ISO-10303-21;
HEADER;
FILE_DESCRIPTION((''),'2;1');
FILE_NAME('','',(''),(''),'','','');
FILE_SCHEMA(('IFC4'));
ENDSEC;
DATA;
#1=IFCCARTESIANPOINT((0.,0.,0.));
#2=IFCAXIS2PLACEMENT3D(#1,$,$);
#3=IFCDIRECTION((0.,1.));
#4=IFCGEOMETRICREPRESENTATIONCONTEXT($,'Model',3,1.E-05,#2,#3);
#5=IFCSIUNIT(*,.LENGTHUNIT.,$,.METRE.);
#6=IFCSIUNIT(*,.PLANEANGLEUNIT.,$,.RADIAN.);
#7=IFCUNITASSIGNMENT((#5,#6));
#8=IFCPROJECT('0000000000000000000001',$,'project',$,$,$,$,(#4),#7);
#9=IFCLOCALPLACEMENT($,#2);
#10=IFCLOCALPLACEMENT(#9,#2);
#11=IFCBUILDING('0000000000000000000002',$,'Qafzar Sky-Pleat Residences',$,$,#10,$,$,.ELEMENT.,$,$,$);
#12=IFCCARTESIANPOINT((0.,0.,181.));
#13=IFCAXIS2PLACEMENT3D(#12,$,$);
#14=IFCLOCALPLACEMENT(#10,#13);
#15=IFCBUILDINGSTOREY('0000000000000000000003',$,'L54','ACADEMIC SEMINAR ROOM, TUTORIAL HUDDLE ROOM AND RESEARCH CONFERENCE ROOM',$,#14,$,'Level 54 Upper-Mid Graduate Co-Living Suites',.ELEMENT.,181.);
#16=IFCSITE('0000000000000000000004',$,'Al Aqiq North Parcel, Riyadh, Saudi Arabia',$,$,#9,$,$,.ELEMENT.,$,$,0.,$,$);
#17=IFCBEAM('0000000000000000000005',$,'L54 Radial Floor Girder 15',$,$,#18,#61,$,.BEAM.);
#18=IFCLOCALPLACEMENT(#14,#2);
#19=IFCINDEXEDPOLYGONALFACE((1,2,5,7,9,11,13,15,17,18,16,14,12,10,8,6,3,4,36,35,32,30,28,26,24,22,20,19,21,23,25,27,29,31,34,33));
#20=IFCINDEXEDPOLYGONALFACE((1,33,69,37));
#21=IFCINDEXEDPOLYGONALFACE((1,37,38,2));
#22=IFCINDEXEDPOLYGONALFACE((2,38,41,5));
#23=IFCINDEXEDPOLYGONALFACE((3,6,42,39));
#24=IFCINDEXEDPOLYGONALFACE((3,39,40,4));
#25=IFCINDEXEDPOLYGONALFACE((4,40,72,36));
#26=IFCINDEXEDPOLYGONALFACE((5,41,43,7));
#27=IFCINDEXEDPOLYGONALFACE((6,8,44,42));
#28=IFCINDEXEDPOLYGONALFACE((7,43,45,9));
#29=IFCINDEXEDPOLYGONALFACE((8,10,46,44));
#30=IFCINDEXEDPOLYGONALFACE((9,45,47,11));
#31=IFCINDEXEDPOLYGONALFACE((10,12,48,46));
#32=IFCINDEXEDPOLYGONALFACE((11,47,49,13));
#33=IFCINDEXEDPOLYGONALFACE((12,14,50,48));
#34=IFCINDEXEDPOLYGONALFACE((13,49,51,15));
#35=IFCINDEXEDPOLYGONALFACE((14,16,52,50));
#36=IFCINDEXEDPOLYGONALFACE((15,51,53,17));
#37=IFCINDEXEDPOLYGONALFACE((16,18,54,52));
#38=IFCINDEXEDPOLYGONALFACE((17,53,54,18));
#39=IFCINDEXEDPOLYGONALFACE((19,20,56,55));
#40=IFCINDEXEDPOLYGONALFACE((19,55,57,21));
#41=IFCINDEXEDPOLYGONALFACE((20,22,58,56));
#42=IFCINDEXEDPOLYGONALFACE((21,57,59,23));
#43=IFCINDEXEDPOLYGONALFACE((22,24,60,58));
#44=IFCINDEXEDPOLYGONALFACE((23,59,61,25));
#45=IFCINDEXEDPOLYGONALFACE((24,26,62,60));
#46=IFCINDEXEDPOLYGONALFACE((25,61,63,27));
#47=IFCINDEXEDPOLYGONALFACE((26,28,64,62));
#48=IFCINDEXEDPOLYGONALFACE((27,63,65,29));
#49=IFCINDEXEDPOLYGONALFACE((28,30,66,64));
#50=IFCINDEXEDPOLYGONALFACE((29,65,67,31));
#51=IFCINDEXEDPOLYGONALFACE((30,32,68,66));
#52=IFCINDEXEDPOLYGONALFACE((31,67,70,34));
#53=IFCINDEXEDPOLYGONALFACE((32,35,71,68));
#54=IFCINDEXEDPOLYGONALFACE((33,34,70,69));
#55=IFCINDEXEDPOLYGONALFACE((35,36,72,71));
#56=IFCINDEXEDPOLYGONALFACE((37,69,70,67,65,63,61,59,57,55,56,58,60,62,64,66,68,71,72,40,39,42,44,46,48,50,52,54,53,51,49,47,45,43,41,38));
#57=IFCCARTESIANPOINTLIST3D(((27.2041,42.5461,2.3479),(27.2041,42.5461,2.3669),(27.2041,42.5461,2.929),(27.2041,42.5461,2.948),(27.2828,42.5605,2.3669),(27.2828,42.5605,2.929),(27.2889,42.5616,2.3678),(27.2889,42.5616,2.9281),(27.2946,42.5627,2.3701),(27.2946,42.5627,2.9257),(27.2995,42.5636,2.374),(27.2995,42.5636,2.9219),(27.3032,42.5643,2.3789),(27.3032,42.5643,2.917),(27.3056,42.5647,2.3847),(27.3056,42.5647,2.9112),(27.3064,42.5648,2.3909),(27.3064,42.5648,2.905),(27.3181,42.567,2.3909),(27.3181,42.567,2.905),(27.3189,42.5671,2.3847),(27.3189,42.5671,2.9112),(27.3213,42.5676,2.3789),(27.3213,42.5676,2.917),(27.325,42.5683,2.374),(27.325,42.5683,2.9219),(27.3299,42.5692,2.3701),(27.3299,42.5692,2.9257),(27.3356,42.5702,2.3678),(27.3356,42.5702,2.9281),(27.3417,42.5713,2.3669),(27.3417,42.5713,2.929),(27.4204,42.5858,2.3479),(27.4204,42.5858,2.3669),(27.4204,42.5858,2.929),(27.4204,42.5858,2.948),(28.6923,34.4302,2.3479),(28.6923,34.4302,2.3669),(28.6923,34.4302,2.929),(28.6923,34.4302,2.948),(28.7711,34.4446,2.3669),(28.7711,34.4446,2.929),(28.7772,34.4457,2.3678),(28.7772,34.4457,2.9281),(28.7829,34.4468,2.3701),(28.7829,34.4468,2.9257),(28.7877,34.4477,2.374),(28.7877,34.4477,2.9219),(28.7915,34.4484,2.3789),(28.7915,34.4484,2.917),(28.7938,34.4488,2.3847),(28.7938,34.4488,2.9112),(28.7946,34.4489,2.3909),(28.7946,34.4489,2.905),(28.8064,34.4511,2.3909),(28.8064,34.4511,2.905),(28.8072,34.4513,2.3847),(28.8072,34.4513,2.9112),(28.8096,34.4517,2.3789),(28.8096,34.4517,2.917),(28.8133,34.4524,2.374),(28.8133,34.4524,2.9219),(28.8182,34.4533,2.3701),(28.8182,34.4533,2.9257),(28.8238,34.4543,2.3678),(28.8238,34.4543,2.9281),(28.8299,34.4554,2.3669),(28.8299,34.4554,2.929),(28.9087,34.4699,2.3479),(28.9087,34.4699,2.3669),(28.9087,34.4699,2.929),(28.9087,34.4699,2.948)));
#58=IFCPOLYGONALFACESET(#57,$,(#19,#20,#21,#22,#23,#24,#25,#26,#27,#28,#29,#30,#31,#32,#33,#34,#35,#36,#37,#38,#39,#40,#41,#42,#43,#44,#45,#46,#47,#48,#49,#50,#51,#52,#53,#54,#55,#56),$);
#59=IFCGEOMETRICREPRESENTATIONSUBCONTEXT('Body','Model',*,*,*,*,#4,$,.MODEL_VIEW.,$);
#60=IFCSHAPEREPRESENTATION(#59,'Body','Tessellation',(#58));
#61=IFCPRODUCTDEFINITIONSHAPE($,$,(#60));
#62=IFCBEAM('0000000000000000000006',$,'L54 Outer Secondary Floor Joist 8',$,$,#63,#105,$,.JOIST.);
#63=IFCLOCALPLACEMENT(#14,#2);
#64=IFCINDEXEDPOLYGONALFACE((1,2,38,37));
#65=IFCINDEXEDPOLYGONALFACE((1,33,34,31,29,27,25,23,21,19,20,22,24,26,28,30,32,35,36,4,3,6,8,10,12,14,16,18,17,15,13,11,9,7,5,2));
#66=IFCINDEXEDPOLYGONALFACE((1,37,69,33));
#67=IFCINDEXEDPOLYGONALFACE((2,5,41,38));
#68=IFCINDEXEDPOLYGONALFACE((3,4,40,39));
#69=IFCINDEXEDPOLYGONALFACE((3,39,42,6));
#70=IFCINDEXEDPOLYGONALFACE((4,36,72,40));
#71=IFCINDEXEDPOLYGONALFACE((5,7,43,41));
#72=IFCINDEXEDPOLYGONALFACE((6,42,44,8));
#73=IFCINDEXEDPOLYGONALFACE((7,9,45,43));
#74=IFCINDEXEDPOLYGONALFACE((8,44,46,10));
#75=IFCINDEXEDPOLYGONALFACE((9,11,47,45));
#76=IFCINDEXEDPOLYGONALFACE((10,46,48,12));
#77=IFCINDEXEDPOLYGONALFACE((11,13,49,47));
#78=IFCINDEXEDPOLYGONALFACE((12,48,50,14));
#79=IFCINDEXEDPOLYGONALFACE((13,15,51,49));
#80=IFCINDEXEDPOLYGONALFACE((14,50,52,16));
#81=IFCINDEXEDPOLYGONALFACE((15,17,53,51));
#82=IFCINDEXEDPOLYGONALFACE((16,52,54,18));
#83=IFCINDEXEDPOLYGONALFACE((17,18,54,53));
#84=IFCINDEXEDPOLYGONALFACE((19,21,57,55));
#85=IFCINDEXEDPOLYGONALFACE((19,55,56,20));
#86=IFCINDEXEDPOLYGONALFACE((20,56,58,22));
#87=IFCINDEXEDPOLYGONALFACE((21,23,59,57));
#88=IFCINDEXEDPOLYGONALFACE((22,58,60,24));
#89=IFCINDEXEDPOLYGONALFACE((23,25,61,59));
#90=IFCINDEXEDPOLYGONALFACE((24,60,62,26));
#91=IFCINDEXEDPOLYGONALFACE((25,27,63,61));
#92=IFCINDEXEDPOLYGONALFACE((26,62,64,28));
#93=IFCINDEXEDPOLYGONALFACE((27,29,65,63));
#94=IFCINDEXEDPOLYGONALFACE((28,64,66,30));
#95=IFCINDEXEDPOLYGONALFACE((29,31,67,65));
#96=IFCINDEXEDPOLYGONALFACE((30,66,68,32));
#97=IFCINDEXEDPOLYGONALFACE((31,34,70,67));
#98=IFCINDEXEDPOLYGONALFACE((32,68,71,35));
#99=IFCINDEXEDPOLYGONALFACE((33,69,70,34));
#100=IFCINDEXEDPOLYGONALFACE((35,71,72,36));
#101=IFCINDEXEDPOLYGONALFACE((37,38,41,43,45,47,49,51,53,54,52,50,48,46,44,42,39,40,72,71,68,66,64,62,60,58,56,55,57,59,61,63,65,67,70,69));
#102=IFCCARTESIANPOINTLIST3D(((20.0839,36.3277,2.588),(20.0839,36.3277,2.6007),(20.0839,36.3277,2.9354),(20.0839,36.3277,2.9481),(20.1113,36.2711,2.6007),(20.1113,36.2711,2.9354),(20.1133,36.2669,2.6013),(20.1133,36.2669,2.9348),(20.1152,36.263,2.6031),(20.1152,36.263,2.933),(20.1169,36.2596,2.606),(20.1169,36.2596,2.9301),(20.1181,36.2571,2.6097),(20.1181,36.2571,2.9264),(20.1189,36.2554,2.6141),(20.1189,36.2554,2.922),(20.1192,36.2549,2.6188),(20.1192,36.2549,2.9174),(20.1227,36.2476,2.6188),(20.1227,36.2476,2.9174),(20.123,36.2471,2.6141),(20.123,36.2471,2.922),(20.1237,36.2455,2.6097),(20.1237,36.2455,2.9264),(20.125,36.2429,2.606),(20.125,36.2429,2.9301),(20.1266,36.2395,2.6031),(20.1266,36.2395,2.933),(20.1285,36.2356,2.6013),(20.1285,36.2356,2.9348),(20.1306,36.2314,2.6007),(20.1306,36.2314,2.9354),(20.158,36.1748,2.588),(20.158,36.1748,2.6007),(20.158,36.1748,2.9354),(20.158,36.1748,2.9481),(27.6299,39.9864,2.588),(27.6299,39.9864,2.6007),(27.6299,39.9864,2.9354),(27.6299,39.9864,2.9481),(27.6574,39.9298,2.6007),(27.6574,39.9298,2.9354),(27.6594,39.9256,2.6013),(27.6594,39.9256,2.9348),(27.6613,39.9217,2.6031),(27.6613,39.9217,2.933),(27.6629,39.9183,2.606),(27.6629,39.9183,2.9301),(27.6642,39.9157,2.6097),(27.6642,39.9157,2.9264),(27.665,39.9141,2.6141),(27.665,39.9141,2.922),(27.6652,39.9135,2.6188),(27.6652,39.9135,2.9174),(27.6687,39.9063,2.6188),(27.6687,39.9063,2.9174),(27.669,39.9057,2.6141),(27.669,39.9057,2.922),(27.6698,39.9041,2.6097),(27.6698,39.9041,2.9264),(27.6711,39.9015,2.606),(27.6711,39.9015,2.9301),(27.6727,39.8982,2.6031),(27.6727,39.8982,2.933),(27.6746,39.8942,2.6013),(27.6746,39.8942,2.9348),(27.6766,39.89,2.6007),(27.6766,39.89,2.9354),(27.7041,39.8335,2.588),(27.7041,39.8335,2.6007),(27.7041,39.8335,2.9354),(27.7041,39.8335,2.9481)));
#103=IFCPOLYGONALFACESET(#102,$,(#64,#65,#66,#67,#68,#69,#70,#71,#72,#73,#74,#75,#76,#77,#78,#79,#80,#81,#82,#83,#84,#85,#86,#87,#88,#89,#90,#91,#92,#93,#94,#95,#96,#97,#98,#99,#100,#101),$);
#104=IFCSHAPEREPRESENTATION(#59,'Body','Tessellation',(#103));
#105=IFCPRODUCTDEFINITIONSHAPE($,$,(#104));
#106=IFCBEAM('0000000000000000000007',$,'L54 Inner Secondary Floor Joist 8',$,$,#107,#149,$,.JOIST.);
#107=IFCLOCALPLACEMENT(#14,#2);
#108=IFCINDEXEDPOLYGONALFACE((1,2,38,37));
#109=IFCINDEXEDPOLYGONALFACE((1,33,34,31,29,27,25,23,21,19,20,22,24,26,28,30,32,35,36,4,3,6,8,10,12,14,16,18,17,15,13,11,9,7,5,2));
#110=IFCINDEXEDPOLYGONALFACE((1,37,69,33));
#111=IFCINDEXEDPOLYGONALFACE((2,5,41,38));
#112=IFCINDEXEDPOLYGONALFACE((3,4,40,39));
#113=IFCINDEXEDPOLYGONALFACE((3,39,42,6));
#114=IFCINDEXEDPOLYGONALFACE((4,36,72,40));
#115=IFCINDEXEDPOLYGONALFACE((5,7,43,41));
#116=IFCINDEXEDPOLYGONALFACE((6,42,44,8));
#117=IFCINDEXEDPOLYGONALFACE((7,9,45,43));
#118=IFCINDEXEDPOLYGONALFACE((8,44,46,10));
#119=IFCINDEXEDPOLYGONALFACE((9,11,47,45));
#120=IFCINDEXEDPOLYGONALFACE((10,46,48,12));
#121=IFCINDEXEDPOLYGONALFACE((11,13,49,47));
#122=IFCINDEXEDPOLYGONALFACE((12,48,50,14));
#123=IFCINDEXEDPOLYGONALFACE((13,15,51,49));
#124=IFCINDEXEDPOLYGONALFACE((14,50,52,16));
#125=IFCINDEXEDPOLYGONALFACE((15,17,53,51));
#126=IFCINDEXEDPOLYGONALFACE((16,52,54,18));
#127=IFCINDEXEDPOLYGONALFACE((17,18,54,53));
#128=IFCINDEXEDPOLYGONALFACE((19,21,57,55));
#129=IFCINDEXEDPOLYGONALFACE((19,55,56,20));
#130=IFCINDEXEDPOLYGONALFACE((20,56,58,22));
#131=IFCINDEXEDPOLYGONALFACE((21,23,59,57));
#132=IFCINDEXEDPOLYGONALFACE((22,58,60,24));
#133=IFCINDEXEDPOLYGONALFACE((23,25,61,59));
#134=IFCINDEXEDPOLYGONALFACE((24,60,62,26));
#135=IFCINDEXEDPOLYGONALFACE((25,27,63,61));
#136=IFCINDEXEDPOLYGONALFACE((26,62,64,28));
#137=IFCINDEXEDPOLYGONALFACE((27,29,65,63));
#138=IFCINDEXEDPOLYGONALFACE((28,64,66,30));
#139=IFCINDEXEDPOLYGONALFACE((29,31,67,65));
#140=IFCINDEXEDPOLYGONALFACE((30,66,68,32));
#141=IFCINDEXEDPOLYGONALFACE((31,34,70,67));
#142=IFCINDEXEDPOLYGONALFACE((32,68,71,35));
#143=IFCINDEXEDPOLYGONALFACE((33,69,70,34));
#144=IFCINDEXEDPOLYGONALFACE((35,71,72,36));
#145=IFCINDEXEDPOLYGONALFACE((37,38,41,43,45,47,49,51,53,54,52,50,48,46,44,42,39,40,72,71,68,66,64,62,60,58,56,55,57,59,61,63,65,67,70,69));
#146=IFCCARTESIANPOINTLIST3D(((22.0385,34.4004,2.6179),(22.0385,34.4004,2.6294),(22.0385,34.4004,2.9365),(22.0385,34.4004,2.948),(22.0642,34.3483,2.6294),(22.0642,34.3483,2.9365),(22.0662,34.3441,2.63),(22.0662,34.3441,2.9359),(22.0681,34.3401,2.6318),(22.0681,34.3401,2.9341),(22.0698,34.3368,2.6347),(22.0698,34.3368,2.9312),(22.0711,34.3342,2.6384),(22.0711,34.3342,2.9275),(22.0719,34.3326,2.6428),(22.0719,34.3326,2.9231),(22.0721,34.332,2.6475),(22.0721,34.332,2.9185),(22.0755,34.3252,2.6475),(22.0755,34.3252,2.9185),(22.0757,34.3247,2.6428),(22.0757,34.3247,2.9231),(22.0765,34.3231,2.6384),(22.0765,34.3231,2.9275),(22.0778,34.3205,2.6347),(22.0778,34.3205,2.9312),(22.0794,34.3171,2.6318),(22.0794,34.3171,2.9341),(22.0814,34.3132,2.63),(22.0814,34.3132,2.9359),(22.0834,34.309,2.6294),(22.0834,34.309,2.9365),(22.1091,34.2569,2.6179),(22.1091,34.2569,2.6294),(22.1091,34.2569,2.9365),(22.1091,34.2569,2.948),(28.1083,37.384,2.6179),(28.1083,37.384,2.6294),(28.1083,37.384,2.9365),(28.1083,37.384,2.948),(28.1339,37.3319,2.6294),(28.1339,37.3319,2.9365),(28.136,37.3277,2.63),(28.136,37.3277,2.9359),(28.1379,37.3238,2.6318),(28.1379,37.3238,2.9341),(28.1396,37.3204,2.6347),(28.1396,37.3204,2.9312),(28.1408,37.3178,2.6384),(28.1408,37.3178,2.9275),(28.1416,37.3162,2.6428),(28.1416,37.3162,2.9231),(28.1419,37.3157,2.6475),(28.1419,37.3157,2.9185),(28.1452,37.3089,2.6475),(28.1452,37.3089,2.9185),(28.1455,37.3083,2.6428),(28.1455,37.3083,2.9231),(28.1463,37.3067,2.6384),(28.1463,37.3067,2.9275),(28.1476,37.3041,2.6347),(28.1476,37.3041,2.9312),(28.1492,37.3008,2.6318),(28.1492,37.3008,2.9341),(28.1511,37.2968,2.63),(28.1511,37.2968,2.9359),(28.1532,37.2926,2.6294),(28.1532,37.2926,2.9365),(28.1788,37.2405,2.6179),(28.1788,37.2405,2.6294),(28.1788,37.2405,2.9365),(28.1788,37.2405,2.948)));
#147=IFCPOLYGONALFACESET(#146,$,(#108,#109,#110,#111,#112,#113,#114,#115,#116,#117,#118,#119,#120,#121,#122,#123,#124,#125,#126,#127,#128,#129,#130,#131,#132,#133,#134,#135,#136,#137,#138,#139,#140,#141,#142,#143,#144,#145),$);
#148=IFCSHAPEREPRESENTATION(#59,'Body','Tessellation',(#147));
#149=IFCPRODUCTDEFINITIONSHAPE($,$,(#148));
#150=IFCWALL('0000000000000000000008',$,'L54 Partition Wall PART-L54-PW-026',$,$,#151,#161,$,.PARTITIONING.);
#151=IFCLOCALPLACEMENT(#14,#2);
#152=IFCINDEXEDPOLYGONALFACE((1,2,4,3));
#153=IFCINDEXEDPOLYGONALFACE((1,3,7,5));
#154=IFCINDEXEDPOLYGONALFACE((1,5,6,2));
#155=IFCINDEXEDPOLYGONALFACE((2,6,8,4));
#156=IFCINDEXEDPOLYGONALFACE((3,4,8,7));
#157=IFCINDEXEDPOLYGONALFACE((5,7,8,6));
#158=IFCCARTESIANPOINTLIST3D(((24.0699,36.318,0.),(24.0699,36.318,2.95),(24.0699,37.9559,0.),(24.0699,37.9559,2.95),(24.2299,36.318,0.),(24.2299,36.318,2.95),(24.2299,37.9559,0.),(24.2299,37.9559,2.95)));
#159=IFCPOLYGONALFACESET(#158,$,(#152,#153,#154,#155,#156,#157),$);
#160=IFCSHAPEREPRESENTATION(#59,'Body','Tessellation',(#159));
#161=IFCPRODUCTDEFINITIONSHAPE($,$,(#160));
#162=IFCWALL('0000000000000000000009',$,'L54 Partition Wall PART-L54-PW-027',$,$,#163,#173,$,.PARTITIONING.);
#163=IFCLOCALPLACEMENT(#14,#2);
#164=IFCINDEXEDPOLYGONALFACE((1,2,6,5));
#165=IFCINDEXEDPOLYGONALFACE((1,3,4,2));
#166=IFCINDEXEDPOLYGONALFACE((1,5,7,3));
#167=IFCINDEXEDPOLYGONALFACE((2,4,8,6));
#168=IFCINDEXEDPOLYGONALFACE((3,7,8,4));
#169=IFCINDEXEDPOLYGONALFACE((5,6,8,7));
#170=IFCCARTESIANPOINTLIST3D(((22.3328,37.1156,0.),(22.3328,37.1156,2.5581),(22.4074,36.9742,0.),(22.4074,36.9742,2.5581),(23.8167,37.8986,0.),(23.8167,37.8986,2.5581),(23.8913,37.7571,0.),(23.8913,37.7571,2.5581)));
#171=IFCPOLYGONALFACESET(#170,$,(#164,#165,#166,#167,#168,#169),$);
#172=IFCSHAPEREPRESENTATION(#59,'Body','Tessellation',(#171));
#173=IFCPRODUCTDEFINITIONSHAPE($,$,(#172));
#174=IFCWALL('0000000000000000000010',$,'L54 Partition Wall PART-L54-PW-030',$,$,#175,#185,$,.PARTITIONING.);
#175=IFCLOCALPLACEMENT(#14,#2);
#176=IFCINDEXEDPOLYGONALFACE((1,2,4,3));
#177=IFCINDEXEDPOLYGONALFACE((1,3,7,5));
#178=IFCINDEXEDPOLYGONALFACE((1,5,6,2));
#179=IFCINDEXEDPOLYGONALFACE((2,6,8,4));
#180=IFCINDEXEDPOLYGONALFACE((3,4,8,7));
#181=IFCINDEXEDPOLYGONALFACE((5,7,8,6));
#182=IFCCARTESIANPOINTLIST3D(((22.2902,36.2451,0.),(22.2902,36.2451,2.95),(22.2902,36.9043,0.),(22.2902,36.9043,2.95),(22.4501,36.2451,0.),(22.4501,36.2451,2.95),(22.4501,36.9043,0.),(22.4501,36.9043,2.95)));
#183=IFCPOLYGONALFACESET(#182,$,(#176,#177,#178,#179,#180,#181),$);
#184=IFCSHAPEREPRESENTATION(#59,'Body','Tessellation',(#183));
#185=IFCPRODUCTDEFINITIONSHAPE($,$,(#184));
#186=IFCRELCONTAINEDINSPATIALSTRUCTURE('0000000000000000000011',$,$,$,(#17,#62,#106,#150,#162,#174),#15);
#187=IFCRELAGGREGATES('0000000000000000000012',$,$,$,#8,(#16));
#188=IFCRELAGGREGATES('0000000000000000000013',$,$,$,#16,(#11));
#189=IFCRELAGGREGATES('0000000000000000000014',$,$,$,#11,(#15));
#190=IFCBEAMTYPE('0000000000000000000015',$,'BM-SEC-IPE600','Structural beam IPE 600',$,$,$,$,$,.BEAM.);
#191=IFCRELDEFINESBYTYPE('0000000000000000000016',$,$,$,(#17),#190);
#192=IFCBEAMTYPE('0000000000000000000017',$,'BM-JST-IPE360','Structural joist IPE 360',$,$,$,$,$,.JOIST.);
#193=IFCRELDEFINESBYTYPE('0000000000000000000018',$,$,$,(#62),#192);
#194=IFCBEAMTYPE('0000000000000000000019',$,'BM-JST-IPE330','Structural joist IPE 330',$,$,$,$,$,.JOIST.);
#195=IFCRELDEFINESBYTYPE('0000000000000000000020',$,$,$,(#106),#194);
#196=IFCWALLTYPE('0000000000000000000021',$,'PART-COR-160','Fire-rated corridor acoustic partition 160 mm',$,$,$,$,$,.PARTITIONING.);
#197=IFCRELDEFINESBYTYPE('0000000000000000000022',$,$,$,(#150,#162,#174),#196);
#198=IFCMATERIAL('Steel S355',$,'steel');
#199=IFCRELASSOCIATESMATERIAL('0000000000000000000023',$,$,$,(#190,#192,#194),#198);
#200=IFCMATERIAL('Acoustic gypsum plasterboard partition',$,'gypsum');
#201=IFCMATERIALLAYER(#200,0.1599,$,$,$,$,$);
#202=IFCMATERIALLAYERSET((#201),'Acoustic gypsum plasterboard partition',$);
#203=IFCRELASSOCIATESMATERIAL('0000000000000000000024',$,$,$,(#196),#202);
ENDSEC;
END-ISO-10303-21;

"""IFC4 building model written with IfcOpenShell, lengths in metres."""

from ifc_helpers import new_model, si_unit, direction, frame, frame_2d, origin, origin_2d, place, context, subcontext, project, spatial, rectangle, i_section, extrude, source, transform, mapped, material, layer, layer_set, material_profile, profile_set, type_object, element, save


model = new_model("IFC4")

# Units and contexts
model_context = context("Model", 3, precision=1e-05, world=origin(), true_north=direction((0.0, 1.0)))
body_context = subcontext(model_context, "Body", "Model", "MODEL_VIEW")
ifc_project = project(units=[si_unit("LENGTHUNIT", "METRE"), si_unit("PLANEANGLEUNIT", "RADIAN")], contexts=[model_context])

# Site, building, storey
site_placement = place(None, origin())
site = spatial("IfcSite", under=ifc_project, at=site_placement, Name="Al Aqiq North Parcel, Riyadh, Saudi Arabia", CompositionType="ELEMENT", RefElevation=0.0)
building_placement = place(site_placement, origin())
building = spatial("IfcBuilding", under=site, at=building_placement, Name="Qafzar Sky-Pleat Residences", CompositionType="ELEMENT")
storey_placement = place(building_placement, frame((0.0, 0.0, 181.0)))
storey = spatial("IfcBuildingStorey", under=building, at=storey_placement, Name="L54", Description="ACADEMIC SEMINAR ROOM, TUTORIAL HUDDLE ROOM AND RESEARCH CONFERENCE ROOM", LongName="Level 54 Upper-Mid Graduate Co-Living Suites", CompositionType="ELEMENT", Elevation=181.0)

# Shared definitions
ifc_material_1 = material(Name="Steel S355", Category="steel")

# Beams
ifc_material_profile_1 = material_profile(ifc_material_1, i_section(OverallWidth=0.22, OverallDepth=0.6001, WebThickness=0.012, FlangeThickness=0.019, FilletRadius=0.0239, at=origin_2d()), Name="IPE 600")
ifc_profile_set_1 = profile_set([ifc_material_profile_1], Name="Steel S355")
beam_type_1 = type_object("IfcBeamType", Name="BM-SEC-IPE600", Description="Structural beam IPE 600", PredefinedType="BEAM", material=ifc_profile_set_1)
shared_shape_1 = source(origin(), body_context, "Body", "SweptSolid", [
    extrude(i_section(OverallWidth=0.22, OverallDepth=0.6001, WebThickness=0.012, FlangeThickness=0.019, FilletRadius=0.0239, at=origin_2d()), origin(), (0.0, 0.0, 1.0), 8.2512),
])
beam_1_placement = place(storey_placement, frame((27.3123, 42.5659, 2.6479), z_axis=(0.180369, -0.983599, 0.0), x_axis=(0.983599, 0.180369, 0.0)))
element("IfcBeam", 1, at=beam_1_placement, inside=storey, type_object=beam_type_1, Name="L54 Radial Floor Girder 15", PredefinedType="BEAM", context=body_context, shape_type="MappedRepresentation", body=[
    mapped(shared_shape_1, transform((0.0, 0.0, 0.0), x_axis=(1.0, 0.0, 0.0), y_axis=(0.0, 1.0, 0.0), z_axis=(0.0, 0.0, 1.0), scale=1.0)),
])
ifc_material_profile_2 = material_profile(ifc_material_1, i_section(OverallWidth=0.1699, OverallDepth=0.3601, WebThickness=0.0081, FlangeThickness=0.0127, FilletRadius=0.0181, at=origin_2d()), Name="IPE 360")
ifc_profile_set_2 = profile_set([ifc_material_profile_2], Name="Steel S355")
beam_type_2 = type_object("IfcBeamType", Name="BM-JST-IPE360", Description="Structural joist IPE 360", PredefinedType="JOIST", material=ifc_profile_set_2)
shared_shape_2 = source(origin(), body_context, "Body", "SweptSolid", [
    extrude(i_section(OverallWidth=0.1699, OverallDepth=0.3601, WebThickness=0.0081, FlangeThickness=0.0127, FilletRadius=0.0181, at=origin_2d()), origin(), (0.0, 0.0, 1.0), 8.3862),
])
beam_2_placement = place(storey_placement, frame((27.667, 39.9099, 2.7681), z_axis=(-0.899816, -0.436269, 0.0), x_axis=(0.436269, -0.899816, 0.0)))
element("IfcBeam", 2, at=beam_2_placement, inside=storey, type_object=beam_type_2, Name="L54 Outer Secondary Floor Joist 8", PredefinedType="JOIST", context=body_context, shape_type="MappedRepresentation", body=[
    mapped(shared_shape_2, transform((0.0, 0.0, 0.0), x_axis=(1.0, 0.0, 0.0), y_axis=(0.0, 1.0, 0.0), z_axis=(0.0, 0.0, 1.0), scale=1.0)),
])
ifc_material_profile_3 = material_profile(ifc_material_1, i_section(OverallWidth=0.1599, OverallDepth=0.3301, WebThickness=0.0076, FlangeThickness=0.0115, FilletRadius=0.0181, at=origin_2d()), Name="IPE 330")
ifc_profile_set_3 = profile_set([ifc_material_profile_3], Name="Steel S355")
beam_type_3 = type_object("IfcBeamType", Name="BM-JST-IPE330", Description="Structural joist IPE 330", PredefinedType="JOIST", material=ifc_profile_set_3)
shared_shape_3 = source(origin(), body_context, "Body", "SweptSolid", [
    extrude(i_section(OverallWidth=0.1599, OverallDepth=0.3301, WebThickness=0.0076, FlangeThickness=0.0115, FilletRadius=0.0181, at=origin_2d()), origin(), (0.0, 0.0, 1.0), 6.7634),
])
beam_3_placement = place(storey_placement, frame((28.1436, 37.3123, 2.783), z_axis=(-0.897439, -0.441139, 0.0), x_axis=(0.441139, -0.897439, 0.0)))
element("IfcBeam", 3, at=beam_3_placement, inside=storey, type_object=beam_type_3, Name="L54 Inner Secondary Floor Joist 8", PredefinedType="JOIST", context=body_context, shape_type="MappedRepresentation", body=[
    mapped(shared_shape_3, transform((0.0, 0.0, 0.0), x_axis=(1.0, 0.0, 0.0), y_axis=(0.0, 1.0, 0.0), z_axis=(0.0, 0.0, 1.0), scale=1.0)),
])

# Walls
ifc_material_2 = material(Name="Acoustic gypsum plasterboard partition", Category="gypsum")
ifc_layer_1 = layer(ifc_material_2, 0.1599)
ifc_layer_set_1 = layer_set([ifc_layer_1], Name="Acoustic gypsum plasterboard partition")
wall_type_1 = type_object("IfcWallType", Name="PART-COR-160", Description="Fire-rated corridor acoustic partition 160 mm", PredefinedType="PARTITIONING", material=ifc_layer_set_1)
wall_1_placement = place(storey_placement, frame((24.1499, 36.3181, 0.0), z_axis=(0.0, 0.0, 1.0), x_axis=(0.0, 1.0, 0.0)))
element("IfcWall", 4, at=wall_1_placement, inside=storey, type_object=wall_type_1, Name="L54 Partition Wall PART-L54-PW-026", PredefinedType="PARTITIONING", context=body_context, shape_type="SweptSolid", body=[
    extrude(rectangle(XDim=1.6379, YDim=0.1599, at=frame_2d((0.8188, 0.0))), origin(), (0.0, 0.0, 1.0), 2.95),
])
wall_2_placement = place(storey_placement, frame((22.3701, 37.0449, 0.0), z_axis=(0.0, 0.0, 1.0), x_axis=(0.884435, 0.466664, 0.0)))
element("IfcWall", 5, at=wall_2_placement, inside=storey, type_object=wall_type_1, Name="L54 Partition Wall PART-L54-PW-027", PredefinedType="PARTITIONING", context=body_context, shape_type="SweptSolid", body=[
    extrude(rectangle(XDim=1.6777, YDim=0.1599, at=frame_2d((0.8389, 0.0))), origin(), (0.0, 0.0, 1.0), 2.5581),
])
wall_3_placement = place(storey_placement, frame((22.3701, 36.2451, 0.0), z_axis=(0.0, 0.0, 1.0), x_axis=(0.0, 1.0, 0.0)))
element("IfcWall", 6, at=wall_3_placement, inside=storey, type_object=wall_type_1, Name="L54 Partition Wall PART-L54-PW-030", PredefinedType="PARTITIONING", context=body_context, shape_type="SweptSolid", body=[
    extrude(rectangle(XDim=0.6592, YDim=0.1599, at=frame_2d((0.3296, 0.0))), origin(), (0.0, 0.0, 1.0), 2.95),
])

save(model, "model.ifc")
